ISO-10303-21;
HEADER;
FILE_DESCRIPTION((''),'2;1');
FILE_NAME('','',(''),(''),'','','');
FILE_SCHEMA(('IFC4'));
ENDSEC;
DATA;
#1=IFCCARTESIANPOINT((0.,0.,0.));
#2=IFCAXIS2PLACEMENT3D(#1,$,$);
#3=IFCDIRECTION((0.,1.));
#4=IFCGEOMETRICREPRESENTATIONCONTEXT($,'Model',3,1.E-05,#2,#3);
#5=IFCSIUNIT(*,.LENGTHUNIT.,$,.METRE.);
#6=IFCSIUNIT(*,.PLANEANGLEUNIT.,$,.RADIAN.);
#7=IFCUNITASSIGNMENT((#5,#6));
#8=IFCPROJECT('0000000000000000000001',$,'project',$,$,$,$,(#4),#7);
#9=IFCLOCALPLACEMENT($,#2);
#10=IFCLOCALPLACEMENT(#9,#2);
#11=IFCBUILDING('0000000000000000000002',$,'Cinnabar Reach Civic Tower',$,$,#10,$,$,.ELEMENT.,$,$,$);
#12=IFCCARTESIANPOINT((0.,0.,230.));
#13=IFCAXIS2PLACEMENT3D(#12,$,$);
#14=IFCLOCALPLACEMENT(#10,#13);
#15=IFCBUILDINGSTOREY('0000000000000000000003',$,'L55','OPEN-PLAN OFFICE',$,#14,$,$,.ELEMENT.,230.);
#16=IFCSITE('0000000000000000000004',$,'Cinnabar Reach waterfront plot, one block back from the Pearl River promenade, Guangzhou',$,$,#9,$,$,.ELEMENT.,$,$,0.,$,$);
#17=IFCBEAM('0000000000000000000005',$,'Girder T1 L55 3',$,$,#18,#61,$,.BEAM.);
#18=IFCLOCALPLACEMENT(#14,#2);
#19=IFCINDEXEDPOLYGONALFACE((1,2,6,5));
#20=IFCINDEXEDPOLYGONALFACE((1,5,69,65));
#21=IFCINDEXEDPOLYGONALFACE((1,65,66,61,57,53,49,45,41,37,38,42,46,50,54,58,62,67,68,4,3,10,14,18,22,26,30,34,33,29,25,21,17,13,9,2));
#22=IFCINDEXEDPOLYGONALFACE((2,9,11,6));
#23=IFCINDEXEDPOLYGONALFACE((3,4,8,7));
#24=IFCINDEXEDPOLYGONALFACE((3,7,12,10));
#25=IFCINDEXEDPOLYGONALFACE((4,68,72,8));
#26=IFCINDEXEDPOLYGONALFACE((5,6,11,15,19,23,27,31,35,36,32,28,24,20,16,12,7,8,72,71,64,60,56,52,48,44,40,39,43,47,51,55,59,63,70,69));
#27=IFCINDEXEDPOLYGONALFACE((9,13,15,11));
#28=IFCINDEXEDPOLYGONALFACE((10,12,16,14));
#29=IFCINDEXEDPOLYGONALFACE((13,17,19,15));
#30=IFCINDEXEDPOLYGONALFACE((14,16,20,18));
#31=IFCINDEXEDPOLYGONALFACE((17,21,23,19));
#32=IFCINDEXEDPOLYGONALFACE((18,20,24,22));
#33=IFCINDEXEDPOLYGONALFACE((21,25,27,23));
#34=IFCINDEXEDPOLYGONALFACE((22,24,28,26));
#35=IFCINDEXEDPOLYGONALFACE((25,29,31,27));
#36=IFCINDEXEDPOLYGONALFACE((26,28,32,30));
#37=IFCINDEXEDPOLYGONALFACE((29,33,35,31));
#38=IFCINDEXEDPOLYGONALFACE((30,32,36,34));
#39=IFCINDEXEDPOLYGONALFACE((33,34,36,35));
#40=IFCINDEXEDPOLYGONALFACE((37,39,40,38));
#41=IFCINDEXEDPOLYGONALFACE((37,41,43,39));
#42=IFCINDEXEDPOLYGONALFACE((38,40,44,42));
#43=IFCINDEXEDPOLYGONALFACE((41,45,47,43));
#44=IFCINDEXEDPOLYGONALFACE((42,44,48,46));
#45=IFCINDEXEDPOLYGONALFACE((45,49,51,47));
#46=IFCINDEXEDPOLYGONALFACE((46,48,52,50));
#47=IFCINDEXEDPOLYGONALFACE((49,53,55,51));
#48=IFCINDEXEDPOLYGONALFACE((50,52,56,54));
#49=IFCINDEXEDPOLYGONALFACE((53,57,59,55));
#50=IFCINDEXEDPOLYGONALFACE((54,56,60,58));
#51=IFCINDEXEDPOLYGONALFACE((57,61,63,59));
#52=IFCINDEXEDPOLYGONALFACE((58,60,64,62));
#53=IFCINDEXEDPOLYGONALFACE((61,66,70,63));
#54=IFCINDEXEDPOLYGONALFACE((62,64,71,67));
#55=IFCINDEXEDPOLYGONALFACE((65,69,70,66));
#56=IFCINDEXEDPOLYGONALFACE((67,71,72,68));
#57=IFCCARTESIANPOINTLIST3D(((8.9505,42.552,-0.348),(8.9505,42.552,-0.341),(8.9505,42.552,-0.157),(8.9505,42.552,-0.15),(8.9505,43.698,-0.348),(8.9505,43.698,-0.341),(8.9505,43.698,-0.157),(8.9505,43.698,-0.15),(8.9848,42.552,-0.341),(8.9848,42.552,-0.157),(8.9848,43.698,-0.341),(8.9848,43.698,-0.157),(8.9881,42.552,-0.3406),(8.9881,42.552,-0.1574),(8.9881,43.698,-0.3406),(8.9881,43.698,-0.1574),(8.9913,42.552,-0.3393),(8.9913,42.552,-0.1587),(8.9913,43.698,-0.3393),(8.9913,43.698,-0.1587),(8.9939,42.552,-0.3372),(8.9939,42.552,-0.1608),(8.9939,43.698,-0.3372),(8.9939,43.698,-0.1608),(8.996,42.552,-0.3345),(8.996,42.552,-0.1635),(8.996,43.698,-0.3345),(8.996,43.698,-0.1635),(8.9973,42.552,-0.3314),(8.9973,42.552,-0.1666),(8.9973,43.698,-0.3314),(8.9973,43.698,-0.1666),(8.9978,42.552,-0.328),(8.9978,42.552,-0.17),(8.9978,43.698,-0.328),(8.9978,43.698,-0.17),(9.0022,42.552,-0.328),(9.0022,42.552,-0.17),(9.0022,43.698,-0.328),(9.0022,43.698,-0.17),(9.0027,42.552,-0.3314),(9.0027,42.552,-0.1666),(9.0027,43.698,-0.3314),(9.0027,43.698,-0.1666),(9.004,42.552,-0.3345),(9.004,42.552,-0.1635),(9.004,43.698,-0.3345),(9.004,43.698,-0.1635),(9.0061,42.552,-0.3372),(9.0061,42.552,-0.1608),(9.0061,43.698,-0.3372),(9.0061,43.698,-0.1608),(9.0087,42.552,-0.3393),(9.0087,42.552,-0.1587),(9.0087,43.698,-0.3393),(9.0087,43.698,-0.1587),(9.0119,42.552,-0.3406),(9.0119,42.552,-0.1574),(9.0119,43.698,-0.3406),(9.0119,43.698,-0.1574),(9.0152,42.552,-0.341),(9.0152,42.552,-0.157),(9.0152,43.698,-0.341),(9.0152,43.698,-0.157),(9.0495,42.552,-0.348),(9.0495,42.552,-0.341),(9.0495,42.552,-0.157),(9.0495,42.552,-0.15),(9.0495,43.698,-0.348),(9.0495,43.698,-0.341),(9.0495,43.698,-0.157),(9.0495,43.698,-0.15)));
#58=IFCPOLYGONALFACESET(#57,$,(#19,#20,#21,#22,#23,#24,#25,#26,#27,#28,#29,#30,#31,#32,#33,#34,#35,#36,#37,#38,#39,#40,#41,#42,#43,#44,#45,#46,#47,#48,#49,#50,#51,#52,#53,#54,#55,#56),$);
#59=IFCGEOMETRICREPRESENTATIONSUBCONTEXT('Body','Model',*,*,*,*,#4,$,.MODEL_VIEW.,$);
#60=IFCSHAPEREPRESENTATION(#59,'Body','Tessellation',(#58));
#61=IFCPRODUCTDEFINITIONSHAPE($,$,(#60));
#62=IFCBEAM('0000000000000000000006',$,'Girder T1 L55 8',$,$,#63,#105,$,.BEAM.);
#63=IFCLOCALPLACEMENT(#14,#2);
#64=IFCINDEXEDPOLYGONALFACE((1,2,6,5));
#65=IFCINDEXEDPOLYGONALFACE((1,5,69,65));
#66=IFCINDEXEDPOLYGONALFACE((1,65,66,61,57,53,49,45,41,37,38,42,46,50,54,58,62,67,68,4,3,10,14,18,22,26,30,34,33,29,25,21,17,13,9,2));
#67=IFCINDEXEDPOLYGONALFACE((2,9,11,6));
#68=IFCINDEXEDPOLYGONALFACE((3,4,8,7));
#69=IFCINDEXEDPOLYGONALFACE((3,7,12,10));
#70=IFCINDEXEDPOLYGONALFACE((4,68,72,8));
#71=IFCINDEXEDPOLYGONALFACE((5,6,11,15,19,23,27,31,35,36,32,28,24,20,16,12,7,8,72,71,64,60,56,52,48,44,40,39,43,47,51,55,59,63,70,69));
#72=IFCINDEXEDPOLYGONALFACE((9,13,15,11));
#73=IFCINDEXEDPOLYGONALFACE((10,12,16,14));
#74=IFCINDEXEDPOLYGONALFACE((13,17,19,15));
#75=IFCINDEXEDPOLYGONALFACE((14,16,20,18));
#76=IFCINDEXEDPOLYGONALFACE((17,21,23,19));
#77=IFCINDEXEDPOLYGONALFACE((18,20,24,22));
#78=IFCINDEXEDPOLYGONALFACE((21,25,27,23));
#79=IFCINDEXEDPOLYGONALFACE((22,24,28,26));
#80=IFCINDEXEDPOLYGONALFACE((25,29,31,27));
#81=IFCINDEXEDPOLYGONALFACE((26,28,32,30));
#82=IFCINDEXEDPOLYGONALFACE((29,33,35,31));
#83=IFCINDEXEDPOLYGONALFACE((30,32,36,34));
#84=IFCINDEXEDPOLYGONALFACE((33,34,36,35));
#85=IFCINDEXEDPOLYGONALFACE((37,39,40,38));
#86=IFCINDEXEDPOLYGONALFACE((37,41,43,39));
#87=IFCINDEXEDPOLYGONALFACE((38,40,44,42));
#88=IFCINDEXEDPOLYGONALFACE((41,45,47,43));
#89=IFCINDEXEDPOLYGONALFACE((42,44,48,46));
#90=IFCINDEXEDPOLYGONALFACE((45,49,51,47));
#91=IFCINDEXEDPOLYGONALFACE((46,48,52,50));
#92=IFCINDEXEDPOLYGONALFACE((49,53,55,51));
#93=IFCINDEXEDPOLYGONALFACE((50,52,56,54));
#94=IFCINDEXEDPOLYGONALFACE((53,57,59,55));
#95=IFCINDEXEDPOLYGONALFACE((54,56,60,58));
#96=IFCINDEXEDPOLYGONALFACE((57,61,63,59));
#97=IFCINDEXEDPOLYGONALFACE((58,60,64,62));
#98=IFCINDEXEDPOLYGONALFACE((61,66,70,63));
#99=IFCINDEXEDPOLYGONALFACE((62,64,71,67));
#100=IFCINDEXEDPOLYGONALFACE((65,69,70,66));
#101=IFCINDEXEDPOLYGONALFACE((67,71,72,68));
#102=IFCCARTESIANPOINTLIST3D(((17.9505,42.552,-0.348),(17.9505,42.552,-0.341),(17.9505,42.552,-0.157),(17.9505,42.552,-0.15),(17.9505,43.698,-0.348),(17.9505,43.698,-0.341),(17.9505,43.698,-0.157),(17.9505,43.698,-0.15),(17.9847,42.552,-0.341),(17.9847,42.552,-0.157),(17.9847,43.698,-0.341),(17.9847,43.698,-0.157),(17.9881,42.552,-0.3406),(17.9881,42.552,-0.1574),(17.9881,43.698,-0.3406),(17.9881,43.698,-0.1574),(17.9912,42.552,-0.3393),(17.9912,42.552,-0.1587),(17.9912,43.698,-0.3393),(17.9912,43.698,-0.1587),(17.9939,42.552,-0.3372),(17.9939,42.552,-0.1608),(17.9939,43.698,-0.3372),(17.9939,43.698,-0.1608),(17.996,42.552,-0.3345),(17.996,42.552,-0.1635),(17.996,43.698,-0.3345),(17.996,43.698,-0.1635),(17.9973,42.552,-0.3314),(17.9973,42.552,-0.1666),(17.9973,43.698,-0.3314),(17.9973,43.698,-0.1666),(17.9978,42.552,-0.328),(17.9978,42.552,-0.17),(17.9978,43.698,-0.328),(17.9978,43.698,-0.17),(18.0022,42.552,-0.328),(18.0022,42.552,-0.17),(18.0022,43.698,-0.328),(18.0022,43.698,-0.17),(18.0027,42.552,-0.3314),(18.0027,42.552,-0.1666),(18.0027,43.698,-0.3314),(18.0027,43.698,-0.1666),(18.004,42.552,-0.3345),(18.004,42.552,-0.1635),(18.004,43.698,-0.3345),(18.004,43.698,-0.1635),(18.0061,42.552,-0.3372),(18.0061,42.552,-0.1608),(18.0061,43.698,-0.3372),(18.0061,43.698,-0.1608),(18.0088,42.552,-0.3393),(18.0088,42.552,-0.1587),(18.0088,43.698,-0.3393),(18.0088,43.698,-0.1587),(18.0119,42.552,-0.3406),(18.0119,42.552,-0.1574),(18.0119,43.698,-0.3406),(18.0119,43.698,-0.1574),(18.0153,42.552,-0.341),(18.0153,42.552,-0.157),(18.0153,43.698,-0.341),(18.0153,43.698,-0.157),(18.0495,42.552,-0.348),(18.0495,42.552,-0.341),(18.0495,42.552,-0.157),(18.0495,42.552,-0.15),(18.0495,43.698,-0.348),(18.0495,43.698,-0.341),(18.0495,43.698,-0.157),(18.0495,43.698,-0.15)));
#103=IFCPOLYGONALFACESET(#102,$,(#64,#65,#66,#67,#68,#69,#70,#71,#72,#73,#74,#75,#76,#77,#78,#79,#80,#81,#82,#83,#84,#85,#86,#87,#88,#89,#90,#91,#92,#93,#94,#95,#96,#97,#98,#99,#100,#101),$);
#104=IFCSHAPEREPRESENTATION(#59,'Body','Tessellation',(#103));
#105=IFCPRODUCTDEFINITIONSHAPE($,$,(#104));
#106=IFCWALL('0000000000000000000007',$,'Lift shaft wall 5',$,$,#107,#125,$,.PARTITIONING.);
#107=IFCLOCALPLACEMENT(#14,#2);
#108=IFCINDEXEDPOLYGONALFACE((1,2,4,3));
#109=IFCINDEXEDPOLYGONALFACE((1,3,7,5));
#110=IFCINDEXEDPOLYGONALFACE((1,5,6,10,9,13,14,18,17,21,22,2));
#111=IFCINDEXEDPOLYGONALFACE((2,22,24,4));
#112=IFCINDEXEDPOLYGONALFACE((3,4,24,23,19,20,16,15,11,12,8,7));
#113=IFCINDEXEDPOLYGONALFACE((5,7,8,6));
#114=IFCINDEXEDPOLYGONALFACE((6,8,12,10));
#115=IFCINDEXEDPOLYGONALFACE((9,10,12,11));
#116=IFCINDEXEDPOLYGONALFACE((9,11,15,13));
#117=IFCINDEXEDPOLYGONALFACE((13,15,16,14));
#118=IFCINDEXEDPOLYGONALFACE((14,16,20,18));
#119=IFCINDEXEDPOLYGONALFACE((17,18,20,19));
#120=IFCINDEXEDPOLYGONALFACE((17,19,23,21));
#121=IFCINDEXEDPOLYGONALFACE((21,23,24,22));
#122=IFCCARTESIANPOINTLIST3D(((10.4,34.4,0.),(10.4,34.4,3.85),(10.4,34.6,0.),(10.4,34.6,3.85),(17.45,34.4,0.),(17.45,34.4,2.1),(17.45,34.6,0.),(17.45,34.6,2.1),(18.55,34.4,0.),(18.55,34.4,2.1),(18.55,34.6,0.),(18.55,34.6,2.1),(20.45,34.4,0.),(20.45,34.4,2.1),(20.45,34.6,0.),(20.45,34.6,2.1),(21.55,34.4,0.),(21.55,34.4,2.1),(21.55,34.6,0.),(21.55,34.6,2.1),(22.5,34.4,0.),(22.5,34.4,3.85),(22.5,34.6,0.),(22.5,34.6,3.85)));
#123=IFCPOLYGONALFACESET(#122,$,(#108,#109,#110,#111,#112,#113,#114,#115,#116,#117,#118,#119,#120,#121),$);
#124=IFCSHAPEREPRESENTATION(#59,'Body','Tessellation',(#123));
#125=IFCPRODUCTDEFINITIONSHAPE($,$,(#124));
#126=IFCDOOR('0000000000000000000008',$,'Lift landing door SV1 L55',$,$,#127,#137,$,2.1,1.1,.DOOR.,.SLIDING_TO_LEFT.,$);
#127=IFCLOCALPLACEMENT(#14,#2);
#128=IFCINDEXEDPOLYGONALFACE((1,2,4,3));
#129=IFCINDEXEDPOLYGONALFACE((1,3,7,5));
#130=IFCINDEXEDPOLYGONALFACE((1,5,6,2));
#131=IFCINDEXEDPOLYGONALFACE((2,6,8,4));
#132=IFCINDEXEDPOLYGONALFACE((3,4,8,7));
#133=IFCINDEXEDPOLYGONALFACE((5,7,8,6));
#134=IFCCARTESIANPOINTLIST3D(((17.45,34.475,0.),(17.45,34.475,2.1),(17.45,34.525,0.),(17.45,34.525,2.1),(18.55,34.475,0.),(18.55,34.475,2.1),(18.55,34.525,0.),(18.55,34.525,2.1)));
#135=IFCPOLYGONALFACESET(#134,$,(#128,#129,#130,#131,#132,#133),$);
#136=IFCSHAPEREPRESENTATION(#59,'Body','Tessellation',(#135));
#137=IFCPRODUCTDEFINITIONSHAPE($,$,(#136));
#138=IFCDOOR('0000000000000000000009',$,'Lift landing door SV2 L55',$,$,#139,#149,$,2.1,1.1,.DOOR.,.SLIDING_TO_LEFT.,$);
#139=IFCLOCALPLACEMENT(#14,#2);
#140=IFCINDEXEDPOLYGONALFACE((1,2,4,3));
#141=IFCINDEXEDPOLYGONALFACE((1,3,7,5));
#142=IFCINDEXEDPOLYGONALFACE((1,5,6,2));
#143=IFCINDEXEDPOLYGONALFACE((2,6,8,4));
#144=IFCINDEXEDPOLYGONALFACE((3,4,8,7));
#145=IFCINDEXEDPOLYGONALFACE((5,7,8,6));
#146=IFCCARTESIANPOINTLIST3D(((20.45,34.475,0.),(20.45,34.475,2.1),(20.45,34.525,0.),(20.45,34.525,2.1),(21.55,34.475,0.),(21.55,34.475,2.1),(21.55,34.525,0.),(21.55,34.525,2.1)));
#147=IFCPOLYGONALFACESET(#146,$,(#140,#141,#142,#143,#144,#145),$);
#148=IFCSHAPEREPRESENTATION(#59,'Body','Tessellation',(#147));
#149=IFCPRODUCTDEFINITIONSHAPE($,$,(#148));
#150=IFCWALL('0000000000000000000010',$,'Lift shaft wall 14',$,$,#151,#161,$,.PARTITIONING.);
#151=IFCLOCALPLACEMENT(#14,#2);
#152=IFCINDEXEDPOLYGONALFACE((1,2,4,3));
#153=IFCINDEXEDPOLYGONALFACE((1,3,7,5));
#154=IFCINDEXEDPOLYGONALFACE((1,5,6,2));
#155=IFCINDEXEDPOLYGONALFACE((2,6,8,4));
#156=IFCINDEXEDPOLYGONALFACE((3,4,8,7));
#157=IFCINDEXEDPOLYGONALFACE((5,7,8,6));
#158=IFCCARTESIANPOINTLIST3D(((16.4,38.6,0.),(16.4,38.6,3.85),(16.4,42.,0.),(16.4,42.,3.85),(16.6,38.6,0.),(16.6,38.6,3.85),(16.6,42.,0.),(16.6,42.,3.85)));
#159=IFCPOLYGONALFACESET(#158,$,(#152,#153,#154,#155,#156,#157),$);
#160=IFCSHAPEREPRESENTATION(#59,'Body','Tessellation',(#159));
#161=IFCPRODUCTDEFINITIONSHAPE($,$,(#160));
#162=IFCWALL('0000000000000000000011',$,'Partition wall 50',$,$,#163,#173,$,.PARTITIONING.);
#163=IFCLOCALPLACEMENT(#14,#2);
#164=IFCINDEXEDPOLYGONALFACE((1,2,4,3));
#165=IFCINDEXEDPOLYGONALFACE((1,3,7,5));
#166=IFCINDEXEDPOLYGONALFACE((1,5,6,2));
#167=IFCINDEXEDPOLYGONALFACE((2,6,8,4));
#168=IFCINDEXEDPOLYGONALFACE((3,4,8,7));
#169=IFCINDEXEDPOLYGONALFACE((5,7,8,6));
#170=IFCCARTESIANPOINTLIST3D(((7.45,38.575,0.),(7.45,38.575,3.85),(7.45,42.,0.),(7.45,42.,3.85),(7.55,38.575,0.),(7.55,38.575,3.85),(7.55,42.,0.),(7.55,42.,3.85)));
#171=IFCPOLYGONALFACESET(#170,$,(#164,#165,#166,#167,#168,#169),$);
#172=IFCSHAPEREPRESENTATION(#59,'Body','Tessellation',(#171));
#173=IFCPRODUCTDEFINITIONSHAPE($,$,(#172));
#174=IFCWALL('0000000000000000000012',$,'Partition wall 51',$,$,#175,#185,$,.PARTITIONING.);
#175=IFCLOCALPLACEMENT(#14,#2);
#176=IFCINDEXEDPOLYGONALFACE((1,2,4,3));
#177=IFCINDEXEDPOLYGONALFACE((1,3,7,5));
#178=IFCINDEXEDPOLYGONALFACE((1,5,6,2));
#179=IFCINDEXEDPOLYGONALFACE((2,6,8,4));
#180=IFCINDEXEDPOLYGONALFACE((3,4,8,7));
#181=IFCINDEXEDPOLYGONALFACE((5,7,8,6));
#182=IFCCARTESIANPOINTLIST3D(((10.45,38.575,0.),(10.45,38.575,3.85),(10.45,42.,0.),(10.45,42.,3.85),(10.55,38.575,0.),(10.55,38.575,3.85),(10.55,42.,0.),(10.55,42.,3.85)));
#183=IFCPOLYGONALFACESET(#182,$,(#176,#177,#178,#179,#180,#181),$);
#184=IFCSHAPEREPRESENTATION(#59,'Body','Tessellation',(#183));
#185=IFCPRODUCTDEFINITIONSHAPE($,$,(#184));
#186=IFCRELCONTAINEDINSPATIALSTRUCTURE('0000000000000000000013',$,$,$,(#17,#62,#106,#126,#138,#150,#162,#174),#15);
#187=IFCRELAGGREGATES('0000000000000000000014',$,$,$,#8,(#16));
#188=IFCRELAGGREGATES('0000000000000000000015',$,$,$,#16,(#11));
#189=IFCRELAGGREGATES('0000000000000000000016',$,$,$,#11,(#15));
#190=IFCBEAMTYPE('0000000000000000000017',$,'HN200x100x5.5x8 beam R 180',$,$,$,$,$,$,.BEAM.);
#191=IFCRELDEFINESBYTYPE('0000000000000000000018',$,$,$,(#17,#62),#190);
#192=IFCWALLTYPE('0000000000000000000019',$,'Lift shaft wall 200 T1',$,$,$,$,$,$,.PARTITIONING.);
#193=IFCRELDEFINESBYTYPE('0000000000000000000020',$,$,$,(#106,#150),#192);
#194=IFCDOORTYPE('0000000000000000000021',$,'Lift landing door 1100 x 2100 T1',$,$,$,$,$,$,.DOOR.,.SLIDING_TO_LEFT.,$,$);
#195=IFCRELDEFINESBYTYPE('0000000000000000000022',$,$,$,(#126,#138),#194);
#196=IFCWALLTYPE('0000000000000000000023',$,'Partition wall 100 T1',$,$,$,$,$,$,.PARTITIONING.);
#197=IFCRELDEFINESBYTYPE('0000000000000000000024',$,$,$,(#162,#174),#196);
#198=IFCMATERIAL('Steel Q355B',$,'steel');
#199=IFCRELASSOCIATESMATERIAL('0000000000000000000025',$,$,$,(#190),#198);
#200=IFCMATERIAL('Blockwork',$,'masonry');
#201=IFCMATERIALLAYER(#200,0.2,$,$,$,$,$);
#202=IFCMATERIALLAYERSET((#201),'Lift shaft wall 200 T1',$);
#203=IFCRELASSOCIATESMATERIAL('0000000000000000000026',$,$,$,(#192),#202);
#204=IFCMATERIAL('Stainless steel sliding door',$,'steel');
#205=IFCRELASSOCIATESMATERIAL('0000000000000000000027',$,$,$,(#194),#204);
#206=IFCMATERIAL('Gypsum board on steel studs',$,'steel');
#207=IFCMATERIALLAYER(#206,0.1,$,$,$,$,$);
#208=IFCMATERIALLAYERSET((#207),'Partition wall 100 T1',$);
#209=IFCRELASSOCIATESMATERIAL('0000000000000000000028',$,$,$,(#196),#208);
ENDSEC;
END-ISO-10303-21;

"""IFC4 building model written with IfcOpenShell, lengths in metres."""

from ifc_helpers import new_model, si_unit, direction, frame, frame_2d, origin, origin_2d, place, context, subcontext, project, spatial, rectangle, i_section, extrude, material, layer, layer_set, material_profile, profile_set, type_object, element, fill, save


model = new_model("IFC4")

# Units and contexts
model_context = context("Model", 3, precision=1e-05, world=origin(), true_north=direction((0.0, 1.0)))
body_context = subcontext(model_context, "Body", "Model", "MODEL_VIEW")
ifc_project = project(units=[si_unit("LENGTHUNIT", "METRE"), si_unit("PLANEANGLEUNIT", "RADIAN")], contexts=[model_context])

# Site, building, storey
site_placement = place(None, origin())
site = spatial("IfcSite", under=ifc_project, at=site_placement, Name="Cinnabar Reach waterfront plot, one block back from the Pearl River promenade, Guangzhou", CompositionType="ELEMENT", RefElevation=0.0)
building_placement = place(site_placement, origin())
building = spatial("IfcBuilding", under=site, at=building_placement, Name="Cinnabar Reach Civic Tower", CompositionType="ELEMENT")
storey_placement = place(building_placement, frame((0.0, 0.0, 230.0)))
storey = spatial("IfcBuildingStorey", under=building, at=storey_placement, Name="L55", Description="OPEN-PLAN OFFICE", CompositionType="ELEMENT", Elevation=230.0)

# Beams
ifc_material_1 = material(Name="Steel Q355B", Category="steel")
ifc_material_profile = material_profile(ifc_material_1, i_section(OverallWidth=0.099, OverallDepth=0.198, WebThickness=0.0045, FlangeThickness=0.007, FilletRadius=0.013, at=origin_2d()), Name="HN200x100x5.5x8")
ifc_profile_set = profile_set([ifc_material_profile], Name="Steel Q355B")
beam_type = type_object("IfcBeamType", Name="HN200x100x5.5x8 beam R 180", PredefinedType="BEAM", material=ifc_profile_set)
for number, where, z_axis, x_axis, name in (
    (1, (9.0, 42.552, -0.249), (0.0, 1.0, 0.0), (-1.0, 0.0, 0.0), "Girder T1 L55 3"),
    (2, (18.0, 42.552, -0.249), (0.0, 1.0, 0.0), (-1.0, 0.0, 0.0), "Girder T1 L55 8"),
):
    element("IfcBeam", number, at=place(storey_placement, frame(where, z_axis=z_axis, x_axis=x_axis)), inside=storey, type_object=beam_type, Name=name, PredefinedType="BEAM", context=body_context, shape_type="SweptSolid", body=[
        extrude(i_section(OverallWidth=0.099, OverallDepth=0.198, WebThickness=0.0045, FlangeThickness=0.007, FilletRadius=0.013, at=origin_2d()), origin(), (0.0, 0.0, 1.0), 1.146),
    ])

# Wall, openings, doors
ifc_material_2 = material(Name="Blockwork", Category="masonry")
ifc_layer_1 = layer(ifc_material_2, 0.2)
ifc_layer_set_1 = layer_set([ifc_layer_1], Name="Lift shaft wall 200 T1")
wall_type_1 = type_object("IfcWallType", Name="Lift shaft wall 200 T1", PredefinedType="PARTITIONING", material=ifc_layer_set_1)
wall_1_placement = place(storey_placement, frame((10.4, 34.5, 0.0), z_axis=(0.0, 0.0, 1.0), x_axis=(1.0, 0.0, 0.0)))
wall_1 = element("IfcWall", 3, at=wall_1_placement, inside=storey, type_object=wall_type_1, Name="Lift shaft wall 5", PredefinedType="PARTITIONING", context=body_context, shape_type="SweptSolid", body=[
    extrude(rectangle(XDim=12.1, YDim=0.2, at=frame_2d((6.05, 0.0))), origin(), (0.0, 0.0, 1.0), 3.85),
])
opening_1_placement = place(wall_1_placement, frame((7.05, 0.0, 0.0)))
opening_1 = element("IfcOpeningElement", 4, at=opening_1_placement, cuts=wall_1, PredefinedType="OPENING", context=body_context, shape_type="SweptSolid", body=[
    extrude(rectangle(XDim=1.1, YDim=2.1, at=frame_2d((0.55, 1.05))), frame((0.0, 0.11, 0.0), z_axis=(0.0, -1.0, 0.0), x_axis=(1.0, 0.0, 0.0)), (0.0, 0.0, 1.0), 0.22),
])
opening_2_placement = place(wall_1_placement, frame((10.05, 0.0, 0.0)))
opening_2 = element("IfcOpeningElement", 5, at=opening_2_placement, cuts=wall_1, PredefinedType="OPENING", context=body_context, shape_type="SweptSolid", body=[
    extrude(rectangle(XDim=1.1, YDim=2.1, at=frame_2d((0.55, 1.05))), frame((0.0, 0.11, 0.0), z_axis=(0.0, -1.0, 0.0), x_axis=(1.0, 0.0, 0.0)), (0.0, 0.0, 1.0), 0.22),
])
ifc_material_3 = material(Name="Stainless steel sliding door", Category="steel")
door_type_1 = type_object("IfcDoorType", Name="Lift landing door 1100 x 2100 T1", OperationType="SLIDING_TO_LEFT", PredefinedType="DOOR", material=ifc_material_3)
door_1_placement = place(opening_1_placement, origin())
door_1 = element("IfcDoor", 6, at=door_1_placement, inside=storey, type_object=door_type_1, Name="Lift landing door SV1 L55", OperationType="SLIDING_TO_LEFT", OverallHeight=2.1, OverallWidth=1.1, PredefinedType="DOOR", context=body_context, shape_type="SweptSolid", body=[
    extrude(rectangle(XDim=1.1, YDim=2.1, at=frame_2d((0.55, 1.05))), frame((0.0, 0.025, 0.0), z_axis=(0.0, -1.0, 0.0), x_axis=(1.0, 0.0, 0.0)), (0.0, 0.0, 1.0), 0.05),
])
fill(opening_1, door_1)
door_2_placement = place(opening_2_placement, origin())
door_2 = element("IfcDoor", 7, at=door_2_placement, inside=storey, type_object=door_type_1, Name="Lift landing door SV2 L55", OperationType="SLIDING_TO_LEFT", OverallHeight=2.1, OverallWidth=1.1, PredefinedType="DOOR", context=body_context, shape_type="SweptSolid", body=[
    extrude(rectangle(XDim=1.1, YDim=2.1, at=frame_2d((0.55, 1.05))), frame((0.0, 0.025, 0.0), z_axis=(0.0, -1.0, 0.0), x_axis=(1.0, 0.0, 0.0)), (0.0, 0.0, 1.0), 0.05),
])
fill(opening_2, door_2)

# Walls
wall_2_placement = place(storey_placement, frame((16.5, 38.6, 0.0), z_axis=(0.0, 0.0, 1.0), x_axis=(0.0, 1.0, 0.0)))
element("IfcWall", 8, at=wall_2_placement, inside=storey, type_object=wall_type_1, Name="Lift shaft wall 14", PredefinedType="PARTITIONING", context=body_context, shape_type="SweptSolid", body=[
    extrude(rectangle(XDim=3.4, YDim=0.2, at=frame_2d((1.7, 0.0))), origin(), (0.0, 0.0, 1.0), 3.85),
])
ifc_material_4 = material(Name="Gypsum board on steel studs", Category="steel")
ifc_layer_2 = layer(ifc_material_4, 0.1)
ifc_layer_set_2 = layer_set([ifc_layer_2], Name="Partition wall 100 T1")
wall_type_2 = type_object("IfcWallType", Name="Partition wall 100 T1", PredefinedType="PARTITIONING", material=ifc_layer_set_2)
for number, where, z_axis, x_axis, name in (
    (9, (7.5, 38.575, 0.0), (0.0, 0.0, 1.0), (0.0, 1.0, 0.0), "Partition wall 50"),
    (10, (10.5, 38.575, 0.0), (0.0, 0.0, 1.0), (0.0, 1.0, 0.0), "Partition wall 51"),
):
    element("IfcWall", number, at=place(storey_placement, frame(where, z_axis=z_axis, x_axis=x_axis)), inside=storey, type_object=wall_type_2, Name=name, PredefinedType="PARTITIONING", context=body_context, shape_type="SweptSolid", body=[
        extrude(rectangle(XDim=3.425, YDim=0.1, at=frame_2d((1.7125, 0.0))), origin(), (0.0, 0.0, 1.0), 3.85),
    ])

save(model, "model.ifc")
